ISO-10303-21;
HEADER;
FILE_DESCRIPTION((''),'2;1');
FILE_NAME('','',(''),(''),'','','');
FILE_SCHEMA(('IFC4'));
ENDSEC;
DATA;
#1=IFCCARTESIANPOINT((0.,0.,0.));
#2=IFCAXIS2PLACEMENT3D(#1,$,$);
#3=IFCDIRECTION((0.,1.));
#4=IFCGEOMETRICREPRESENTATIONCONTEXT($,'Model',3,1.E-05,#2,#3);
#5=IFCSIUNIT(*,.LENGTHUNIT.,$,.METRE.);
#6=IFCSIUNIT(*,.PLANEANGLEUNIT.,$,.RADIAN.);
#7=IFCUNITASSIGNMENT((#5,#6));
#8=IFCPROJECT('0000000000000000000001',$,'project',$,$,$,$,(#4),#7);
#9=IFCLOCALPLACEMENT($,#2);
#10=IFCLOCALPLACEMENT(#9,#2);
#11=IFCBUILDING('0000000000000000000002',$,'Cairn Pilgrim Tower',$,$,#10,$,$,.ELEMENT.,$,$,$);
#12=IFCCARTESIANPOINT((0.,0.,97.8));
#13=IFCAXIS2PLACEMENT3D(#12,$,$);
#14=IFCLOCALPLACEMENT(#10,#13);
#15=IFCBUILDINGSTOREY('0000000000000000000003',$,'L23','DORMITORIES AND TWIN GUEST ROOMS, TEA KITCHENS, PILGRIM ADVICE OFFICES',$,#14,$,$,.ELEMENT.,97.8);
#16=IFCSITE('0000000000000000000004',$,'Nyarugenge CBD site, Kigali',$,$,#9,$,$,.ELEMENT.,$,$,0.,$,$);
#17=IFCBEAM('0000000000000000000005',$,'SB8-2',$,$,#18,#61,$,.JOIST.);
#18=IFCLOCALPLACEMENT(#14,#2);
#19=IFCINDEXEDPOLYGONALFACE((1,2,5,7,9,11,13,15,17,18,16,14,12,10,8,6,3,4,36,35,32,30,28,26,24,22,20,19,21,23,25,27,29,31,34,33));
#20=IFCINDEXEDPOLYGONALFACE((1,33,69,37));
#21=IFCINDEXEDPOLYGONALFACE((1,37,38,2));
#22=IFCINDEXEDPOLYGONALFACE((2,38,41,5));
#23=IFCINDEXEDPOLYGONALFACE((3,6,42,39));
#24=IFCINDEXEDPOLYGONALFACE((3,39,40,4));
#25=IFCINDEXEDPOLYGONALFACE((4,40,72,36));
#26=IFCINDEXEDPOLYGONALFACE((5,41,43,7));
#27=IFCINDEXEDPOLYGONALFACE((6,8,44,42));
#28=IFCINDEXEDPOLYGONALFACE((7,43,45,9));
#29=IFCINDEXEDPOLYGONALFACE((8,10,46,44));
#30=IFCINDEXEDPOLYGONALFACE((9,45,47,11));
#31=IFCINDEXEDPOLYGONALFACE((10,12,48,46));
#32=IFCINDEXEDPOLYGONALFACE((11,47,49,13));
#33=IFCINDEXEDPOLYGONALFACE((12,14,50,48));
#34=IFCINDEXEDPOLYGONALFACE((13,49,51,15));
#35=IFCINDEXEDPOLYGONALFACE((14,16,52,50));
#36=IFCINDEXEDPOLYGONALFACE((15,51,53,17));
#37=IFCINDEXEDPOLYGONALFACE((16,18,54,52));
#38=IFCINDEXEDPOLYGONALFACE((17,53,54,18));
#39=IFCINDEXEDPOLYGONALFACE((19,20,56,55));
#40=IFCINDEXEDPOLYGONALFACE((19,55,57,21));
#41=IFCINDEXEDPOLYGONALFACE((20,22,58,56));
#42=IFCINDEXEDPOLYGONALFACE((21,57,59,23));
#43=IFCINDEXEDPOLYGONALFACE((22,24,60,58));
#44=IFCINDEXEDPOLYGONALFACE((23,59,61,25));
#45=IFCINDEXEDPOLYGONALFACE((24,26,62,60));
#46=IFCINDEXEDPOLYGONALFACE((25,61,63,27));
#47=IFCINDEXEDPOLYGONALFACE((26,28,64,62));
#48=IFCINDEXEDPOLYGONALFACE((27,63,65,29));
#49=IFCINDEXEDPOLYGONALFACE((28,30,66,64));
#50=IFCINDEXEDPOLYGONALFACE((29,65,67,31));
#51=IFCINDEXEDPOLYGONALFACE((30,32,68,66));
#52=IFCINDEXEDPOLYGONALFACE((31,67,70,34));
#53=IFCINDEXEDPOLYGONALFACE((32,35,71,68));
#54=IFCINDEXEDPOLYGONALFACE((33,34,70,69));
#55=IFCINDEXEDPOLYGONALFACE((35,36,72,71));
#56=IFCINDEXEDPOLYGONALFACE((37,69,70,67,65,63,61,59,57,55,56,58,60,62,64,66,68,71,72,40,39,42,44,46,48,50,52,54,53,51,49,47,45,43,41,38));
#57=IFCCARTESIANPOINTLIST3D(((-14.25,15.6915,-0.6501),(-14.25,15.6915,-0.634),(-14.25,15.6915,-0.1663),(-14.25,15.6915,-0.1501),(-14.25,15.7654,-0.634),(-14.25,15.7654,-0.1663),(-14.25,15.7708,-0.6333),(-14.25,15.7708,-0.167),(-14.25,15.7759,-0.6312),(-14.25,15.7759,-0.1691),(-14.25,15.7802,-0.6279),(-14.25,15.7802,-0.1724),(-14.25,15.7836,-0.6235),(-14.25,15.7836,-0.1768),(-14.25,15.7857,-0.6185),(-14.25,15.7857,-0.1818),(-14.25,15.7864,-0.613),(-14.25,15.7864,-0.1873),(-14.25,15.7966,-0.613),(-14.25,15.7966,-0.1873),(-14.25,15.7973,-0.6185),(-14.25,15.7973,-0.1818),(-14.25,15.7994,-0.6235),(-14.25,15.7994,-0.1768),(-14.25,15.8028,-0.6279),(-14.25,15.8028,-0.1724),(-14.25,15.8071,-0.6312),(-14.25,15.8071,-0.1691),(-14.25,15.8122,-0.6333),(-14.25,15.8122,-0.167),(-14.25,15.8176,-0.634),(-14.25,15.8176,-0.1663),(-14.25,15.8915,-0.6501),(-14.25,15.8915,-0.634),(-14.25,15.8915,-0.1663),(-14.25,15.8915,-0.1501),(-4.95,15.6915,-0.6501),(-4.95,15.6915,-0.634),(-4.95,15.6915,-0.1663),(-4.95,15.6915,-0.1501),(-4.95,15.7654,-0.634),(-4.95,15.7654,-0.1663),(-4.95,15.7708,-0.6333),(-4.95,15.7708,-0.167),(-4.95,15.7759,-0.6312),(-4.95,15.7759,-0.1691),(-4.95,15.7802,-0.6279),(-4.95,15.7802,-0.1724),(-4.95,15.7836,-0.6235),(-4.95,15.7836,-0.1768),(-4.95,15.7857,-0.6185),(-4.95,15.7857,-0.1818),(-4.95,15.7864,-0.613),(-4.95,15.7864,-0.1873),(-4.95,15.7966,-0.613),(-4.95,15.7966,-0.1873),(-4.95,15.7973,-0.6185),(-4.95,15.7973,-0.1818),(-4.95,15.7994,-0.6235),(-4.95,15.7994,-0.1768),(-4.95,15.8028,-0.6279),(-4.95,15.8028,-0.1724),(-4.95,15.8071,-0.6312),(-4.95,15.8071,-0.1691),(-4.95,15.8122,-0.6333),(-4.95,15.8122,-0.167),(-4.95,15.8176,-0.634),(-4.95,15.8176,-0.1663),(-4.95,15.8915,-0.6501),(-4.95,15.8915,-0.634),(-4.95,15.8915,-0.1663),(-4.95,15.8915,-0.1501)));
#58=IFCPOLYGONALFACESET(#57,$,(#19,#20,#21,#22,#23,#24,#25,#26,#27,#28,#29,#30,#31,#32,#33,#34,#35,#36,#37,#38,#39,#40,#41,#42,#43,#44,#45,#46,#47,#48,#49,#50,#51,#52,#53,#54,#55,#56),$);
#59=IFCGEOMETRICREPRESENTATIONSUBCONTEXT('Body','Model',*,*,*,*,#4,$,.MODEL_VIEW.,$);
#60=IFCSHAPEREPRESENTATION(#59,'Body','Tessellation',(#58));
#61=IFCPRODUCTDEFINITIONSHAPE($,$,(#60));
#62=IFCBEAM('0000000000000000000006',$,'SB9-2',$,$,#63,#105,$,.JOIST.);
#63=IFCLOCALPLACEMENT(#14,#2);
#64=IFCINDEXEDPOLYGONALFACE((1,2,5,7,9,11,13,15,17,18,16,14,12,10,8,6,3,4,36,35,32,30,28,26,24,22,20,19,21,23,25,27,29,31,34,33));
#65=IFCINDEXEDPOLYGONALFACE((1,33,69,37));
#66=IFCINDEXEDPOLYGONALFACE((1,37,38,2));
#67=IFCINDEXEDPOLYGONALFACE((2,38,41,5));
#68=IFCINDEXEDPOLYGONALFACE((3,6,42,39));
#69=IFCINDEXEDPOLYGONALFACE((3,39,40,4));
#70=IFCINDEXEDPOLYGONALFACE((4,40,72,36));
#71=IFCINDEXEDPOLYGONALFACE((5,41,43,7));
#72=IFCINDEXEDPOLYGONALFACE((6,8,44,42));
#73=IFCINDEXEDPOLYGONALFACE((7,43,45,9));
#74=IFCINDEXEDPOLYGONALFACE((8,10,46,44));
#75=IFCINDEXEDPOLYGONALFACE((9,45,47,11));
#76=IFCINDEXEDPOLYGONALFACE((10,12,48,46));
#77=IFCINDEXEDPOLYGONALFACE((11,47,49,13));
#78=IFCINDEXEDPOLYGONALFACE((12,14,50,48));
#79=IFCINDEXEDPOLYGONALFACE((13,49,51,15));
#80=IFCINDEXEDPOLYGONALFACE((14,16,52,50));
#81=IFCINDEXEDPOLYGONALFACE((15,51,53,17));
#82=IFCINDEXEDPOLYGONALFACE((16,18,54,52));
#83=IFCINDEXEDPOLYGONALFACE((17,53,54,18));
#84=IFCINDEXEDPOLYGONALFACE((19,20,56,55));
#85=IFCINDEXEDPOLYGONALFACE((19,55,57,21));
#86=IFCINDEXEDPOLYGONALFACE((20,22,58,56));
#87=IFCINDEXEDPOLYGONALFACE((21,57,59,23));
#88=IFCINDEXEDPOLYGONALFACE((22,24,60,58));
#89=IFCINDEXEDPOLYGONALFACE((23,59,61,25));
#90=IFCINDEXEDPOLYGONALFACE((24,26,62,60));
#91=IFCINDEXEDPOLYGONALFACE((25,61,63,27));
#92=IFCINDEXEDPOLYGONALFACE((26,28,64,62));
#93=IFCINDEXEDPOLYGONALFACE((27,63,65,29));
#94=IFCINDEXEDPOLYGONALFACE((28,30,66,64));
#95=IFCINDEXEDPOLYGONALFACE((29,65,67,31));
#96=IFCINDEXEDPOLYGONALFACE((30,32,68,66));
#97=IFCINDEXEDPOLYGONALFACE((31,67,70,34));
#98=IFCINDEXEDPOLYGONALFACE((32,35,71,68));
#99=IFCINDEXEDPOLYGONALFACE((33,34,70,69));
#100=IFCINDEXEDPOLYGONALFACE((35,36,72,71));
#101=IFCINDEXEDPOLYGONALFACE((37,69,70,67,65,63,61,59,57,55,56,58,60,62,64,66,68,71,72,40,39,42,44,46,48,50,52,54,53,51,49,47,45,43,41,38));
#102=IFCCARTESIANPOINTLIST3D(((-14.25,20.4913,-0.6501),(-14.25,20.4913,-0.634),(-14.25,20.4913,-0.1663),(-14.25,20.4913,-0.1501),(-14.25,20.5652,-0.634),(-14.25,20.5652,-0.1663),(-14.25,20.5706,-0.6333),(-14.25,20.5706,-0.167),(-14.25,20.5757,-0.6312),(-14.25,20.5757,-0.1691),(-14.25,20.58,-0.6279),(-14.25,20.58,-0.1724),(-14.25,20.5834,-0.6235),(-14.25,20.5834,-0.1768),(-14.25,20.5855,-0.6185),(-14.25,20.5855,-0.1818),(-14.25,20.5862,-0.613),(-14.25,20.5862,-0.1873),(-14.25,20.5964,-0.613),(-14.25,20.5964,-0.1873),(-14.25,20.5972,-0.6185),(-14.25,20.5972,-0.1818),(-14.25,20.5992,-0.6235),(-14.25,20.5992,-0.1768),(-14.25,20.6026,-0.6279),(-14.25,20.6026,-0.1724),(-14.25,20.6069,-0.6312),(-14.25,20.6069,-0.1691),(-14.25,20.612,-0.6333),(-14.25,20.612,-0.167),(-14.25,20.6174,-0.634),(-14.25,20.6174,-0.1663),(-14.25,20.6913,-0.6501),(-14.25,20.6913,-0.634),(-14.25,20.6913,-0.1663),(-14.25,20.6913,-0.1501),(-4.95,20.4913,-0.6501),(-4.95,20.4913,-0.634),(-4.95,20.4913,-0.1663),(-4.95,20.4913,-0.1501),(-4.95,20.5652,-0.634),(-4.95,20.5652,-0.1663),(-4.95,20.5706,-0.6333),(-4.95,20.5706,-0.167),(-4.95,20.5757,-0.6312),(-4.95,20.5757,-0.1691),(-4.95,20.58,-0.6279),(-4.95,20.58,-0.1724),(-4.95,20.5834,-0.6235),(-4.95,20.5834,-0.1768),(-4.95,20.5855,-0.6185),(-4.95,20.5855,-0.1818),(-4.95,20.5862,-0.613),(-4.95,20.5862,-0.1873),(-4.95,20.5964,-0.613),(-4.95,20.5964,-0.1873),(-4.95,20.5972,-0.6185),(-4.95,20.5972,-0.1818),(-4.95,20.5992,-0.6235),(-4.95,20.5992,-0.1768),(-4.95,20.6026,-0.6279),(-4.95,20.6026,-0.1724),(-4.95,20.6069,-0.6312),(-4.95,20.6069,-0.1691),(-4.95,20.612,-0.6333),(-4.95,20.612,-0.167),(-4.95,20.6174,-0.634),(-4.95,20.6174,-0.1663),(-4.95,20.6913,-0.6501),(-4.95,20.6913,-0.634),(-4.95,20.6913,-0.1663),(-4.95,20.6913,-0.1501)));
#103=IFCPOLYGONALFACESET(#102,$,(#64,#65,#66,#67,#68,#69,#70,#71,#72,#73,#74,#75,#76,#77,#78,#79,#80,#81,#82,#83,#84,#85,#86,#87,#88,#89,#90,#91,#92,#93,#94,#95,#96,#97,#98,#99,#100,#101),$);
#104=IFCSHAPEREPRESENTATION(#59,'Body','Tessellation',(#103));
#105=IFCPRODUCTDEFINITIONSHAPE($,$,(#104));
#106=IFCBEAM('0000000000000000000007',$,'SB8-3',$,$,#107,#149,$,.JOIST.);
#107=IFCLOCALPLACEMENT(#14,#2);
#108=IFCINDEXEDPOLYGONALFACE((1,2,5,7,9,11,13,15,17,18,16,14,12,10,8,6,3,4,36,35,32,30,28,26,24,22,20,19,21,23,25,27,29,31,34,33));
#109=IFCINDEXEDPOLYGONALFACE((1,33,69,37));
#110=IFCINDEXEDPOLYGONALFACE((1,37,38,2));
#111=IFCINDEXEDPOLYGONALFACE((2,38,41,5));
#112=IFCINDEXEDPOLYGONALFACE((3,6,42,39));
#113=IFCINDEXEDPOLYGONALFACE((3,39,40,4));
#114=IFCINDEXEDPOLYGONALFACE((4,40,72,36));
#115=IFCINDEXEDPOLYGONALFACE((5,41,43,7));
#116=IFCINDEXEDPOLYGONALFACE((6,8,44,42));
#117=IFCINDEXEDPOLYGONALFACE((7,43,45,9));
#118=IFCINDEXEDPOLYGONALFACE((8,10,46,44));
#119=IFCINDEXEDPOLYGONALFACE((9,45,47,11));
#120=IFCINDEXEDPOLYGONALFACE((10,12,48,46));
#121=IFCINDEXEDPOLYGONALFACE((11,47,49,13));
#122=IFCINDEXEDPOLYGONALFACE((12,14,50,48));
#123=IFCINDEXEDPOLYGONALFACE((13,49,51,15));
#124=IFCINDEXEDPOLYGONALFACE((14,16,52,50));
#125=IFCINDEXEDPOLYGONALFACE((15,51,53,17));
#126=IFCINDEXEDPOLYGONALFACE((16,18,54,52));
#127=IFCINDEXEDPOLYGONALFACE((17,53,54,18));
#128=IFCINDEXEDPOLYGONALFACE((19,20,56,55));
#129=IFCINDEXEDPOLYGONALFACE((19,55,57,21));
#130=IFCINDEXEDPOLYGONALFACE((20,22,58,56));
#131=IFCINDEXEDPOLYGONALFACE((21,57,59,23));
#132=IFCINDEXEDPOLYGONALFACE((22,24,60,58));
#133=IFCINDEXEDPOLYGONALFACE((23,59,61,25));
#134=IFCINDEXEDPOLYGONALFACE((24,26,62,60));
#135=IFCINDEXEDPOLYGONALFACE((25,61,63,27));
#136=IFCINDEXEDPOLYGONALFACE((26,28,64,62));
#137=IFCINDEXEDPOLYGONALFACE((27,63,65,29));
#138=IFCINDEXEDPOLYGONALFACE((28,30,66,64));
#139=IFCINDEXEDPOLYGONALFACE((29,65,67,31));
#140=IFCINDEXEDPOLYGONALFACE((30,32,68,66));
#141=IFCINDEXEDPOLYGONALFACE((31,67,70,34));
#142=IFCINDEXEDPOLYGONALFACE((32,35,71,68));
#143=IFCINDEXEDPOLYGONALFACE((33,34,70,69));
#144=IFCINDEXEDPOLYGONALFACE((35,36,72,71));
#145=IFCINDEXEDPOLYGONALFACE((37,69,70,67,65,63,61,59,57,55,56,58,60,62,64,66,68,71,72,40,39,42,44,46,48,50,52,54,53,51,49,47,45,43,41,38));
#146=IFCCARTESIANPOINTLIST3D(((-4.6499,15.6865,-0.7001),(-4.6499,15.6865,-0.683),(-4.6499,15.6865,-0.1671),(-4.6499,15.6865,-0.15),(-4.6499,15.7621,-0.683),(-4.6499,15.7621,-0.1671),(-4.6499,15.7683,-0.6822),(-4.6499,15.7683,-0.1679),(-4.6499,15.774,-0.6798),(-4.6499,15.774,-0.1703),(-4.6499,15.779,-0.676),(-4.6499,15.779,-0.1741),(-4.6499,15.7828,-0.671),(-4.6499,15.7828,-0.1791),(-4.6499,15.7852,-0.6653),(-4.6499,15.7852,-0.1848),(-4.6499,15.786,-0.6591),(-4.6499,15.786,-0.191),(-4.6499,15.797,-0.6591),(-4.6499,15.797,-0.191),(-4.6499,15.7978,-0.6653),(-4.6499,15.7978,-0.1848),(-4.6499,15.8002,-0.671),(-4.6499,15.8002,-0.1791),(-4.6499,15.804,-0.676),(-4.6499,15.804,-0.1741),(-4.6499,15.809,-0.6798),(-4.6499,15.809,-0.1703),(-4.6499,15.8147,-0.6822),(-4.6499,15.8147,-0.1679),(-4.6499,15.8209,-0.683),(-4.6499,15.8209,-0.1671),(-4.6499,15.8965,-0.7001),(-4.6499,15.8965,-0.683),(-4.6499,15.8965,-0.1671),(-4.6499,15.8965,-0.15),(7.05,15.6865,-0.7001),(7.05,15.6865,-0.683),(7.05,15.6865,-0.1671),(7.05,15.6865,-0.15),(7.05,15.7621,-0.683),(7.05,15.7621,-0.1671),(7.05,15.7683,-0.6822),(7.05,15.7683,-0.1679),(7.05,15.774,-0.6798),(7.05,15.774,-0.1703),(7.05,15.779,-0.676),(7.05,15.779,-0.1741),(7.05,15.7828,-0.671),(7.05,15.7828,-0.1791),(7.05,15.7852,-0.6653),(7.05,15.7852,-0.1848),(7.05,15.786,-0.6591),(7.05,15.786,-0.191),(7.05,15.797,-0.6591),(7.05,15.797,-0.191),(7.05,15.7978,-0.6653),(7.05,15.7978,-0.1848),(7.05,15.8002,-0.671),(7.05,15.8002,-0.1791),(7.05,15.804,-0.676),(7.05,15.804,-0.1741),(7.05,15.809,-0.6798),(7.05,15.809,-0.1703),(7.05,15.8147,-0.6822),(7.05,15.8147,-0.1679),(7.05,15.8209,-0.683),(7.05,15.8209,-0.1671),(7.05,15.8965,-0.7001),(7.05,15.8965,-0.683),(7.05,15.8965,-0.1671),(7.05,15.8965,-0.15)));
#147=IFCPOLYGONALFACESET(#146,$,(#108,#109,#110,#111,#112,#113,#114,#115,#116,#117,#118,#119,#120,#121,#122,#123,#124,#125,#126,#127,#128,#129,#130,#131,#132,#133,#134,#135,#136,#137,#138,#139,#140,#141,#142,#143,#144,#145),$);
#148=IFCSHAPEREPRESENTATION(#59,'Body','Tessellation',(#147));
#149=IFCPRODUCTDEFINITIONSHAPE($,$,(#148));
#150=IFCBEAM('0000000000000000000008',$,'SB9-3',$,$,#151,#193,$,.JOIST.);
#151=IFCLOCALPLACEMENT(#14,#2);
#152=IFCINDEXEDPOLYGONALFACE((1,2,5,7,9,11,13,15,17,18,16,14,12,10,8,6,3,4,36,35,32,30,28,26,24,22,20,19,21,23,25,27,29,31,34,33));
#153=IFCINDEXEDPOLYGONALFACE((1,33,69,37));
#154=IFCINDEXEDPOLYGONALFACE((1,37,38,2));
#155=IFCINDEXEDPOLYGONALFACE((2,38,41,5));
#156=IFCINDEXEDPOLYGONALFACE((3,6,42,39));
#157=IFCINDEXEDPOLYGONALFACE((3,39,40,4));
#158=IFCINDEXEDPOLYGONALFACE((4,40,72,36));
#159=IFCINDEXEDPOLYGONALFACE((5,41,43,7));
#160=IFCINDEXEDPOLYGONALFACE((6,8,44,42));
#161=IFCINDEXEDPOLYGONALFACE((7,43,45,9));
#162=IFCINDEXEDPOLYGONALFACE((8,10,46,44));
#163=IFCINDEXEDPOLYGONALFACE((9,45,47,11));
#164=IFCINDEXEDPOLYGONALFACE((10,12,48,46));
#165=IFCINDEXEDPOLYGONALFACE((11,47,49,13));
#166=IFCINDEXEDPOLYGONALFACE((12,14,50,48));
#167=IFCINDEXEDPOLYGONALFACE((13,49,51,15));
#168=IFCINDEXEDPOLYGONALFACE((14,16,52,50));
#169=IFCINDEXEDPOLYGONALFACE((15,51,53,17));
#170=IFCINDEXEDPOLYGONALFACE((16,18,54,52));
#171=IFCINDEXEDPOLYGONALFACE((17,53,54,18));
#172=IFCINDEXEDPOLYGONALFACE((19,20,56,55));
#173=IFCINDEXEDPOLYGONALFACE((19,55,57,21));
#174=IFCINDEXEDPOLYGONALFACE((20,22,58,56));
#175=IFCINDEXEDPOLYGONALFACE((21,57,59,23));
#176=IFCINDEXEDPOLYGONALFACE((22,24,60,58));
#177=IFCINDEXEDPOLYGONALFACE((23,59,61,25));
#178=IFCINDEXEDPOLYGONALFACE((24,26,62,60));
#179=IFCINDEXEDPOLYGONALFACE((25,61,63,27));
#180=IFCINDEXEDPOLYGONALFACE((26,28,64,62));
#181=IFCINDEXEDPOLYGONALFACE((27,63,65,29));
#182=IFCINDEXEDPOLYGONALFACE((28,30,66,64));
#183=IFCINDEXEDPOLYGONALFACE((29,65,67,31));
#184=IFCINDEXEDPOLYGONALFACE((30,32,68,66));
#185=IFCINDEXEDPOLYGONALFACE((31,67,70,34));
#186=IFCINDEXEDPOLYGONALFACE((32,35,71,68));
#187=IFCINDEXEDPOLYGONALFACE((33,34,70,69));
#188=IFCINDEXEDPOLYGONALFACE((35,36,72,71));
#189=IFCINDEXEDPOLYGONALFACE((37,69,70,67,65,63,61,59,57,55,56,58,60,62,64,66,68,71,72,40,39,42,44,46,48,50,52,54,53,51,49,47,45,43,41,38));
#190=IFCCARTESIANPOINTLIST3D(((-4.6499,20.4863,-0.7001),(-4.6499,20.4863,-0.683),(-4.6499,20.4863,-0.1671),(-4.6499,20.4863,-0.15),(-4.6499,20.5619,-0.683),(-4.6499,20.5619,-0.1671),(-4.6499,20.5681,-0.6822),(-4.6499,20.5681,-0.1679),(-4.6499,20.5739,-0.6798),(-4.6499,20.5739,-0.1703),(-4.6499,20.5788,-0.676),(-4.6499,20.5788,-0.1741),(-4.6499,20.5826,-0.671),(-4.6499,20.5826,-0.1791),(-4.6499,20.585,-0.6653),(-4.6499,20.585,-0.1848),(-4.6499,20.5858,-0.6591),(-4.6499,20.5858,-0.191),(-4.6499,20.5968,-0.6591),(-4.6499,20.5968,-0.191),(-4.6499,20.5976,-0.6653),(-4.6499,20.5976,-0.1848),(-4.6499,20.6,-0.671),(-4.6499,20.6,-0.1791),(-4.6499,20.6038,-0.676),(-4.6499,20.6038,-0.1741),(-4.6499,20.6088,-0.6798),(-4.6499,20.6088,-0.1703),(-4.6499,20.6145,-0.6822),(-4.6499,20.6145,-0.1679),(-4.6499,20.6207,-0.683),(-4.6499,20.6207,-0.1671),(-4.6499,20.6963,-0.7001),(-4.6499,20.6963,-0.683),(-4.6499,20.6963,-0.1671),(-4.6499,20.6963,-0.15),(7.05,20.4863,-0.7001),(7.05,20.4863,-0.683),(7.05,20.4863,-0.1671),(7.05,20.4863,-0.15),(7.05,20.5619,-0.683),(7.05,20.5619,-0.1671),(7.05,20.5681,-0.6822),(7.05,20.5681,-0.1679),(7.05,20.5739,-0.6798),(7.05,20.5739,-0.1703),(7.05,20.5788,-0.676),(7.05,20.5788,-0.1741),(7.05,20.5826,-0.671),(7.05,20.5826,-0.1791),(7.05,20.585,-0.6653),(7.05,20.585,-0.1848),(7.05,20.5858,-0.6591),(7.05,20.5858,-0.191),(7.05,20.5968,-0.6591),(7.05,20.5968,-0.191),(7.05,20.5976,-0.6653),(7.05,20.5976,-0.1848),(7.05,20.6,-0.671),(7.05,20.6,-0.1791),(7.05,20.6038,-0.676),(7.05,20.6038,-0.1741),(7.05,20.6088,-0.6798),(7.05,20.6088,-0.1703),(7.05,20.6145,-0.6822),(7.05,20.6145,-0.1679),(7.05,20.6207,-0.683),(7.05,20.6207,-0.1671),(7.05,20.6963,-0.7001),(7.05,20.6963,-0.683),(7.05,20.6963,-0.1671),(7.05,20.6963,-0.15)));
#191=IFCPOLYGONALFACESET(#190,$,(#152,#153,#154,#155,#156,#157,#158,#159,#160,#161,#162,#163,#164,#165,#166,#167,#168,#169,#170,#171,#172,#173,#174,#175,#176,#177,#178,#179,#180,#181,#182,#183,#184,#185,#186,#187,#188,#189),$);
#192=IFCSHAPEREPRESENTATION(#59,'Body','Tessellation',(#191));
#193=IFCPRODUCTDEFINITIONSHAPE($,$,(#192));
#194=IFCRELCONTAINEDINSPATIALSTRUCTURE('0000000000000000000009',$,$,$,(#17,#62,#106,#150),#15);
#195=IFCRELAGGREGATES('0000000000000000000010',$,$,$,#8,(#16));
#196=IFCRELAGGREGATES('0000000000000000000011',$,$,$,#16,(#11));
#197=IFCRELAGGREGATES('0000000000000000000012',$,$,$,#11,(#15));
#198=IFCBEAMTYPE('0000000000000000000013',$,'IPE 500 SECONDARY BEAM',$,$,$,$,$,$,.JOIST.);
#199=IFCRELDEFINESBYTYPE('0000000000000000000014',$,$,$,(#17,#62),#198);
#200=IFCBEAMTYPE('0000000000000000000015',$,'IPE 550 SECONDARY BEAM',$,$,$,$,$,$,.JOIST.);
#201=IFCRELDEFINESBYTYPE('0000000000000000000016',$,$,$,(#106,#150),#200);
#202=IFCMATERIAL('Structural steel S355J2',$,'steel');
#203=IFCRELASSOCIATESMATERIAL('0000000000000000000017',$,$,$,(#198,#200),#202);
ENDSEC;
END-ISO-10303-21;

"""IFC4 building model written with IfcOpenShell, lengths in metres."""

from ifc_helpers import new_model, si_unit, direction, frame, origin, origin_2d, place, context, subcontext, project, spatial, i_section, extrude, material, material_profile, profile_set, type_object, element, save


model = new_model("IFC4")

# Units and contexts
model_context = context("Model", 3, precision=1e-05, world=origin(), true_north=direction((0.0, 1.0)))
body_context = subcontext(model_context, "Body", "Model", "MODEL_VIEW")
ifc_project = project(units=[si_unit("LENGTHUNIT", "METRE"), si_unit("PLANEANGLEUNIT", "RADIAN")], contexts=[model_context])

# Site, building, storey
site_placement = place(None, origin())
site = spatial("IfcSite", under=ifc_project, at=site_placement, Name="Nyarugenge CBD site, Kigali", CompositionType="ELEMENT", RefElevation=0.0)
building_placement = place(site_placement, origin())
building = spatial("IfcBuilding", under=site, at=building_placement, Name="Cairn Pilgrim Tower", CompositionType="ELEMENT")
storey_placement = place(building_placement, frame((0.0, 0.0, 97.8)))
storey = spatial("IfcBuildingStorey", under=building, at=storey_placement, Name="L23", Description="DORMITORIES AND TWIN GUEST ROOMS, TEA KITCHENS, PILGRIM ADVICE OFFICES", CompositionType="ELEMENT", Elevation=97.8)

# Beams
ifc_material_1 = material(Name="Structural steel S355J2", Category="steel")
ifc_material_profile_1 = material_profile(ifc_material_1, i_section(OverallWidth=0.2, OverallDepth=0.5, WebThickness=0.0103, FlangeThickness=0.0161, FilletRadius=0.021, at=origin_2d()), Name="IPE 500")
ifc_profile_set_1 = profile_set([ifc_material_profile_1], Name="Structural steel S355J2")
beam_type_1 = type_object("IfcBeamType", Name="IPE 500 SECONDARY BEAM", PredefinedType="JOIST", material=ifc_profile_set_1)
for number, where, z_axis, x_axis, name in (
    (1, (-14.25, 15.7915, -0.4001), (1.0, 0.0, 0.0), (0.0, 1.0, 0.0), "SB8-2"),
    (2, (-14.25, 20.5913, -0.4001), (1.0, 0.0, 0.0), (0.0, 1.0, 0.0), "SB9-2"),
):
    element("IfcBeam", number, at=place(storey_placement, frame(where, z_axis=z_axis, x_axis=x_axis)), inside=storey, type_object=beam_type_1, Name=name, PredefinedType="JOIST", context=body_context, shape_type="SweptSolid", body=[
        extrude(i_section(OverallWidth=0.2, OverallDepth=0.5, WebThickness=0.0103, FlangeThickness=0.0161, FilletRadius=0.021, at=origin_2d()), origin(), (0.0, 0.0, 1.0), 9.3),
    ])
ifc_material_profile_2 = material_profile(ifc_material_1, i_section(OverallWidth=0.21, OverallDepth=0.55, WebThickness=0.011, FlangeThickness=0.0171, FilletRadius=0.0239, at=origin_2d()), Name="IPE 550")
ifc_profile_set_2 = profile_set([ifc_material_profile_2], Name="Structural steel S355J2")
beam_type_2 = type_object("IfcBeamType", Name="IPE 550 SECONDARY BEAM", PredefinedType="JOIST", material=ifc_profile_set_2)
for number, where, z_axis, x_axis, name in (
    (3, (-4.6499, 15.7915, -0.425), (1.0, 0.0, 0.0), (0.0, 1.0, 0.0), "SB8-3"),
    (4, (-4.6499, 20.5913, -0.425), (1.0, 0.0, 0.0), (0.0, 1.0, 0.0), "SB9-3"),
):
    element("IfcBeam", number, at=place(storey_placement, frame(where, z_axis=z_axis, x_axis=x_axis)), inside=storey, type_object=beam_type_2, Name=name, PredefinedType="JOIST", context=body_context, shape_type="SweptSolid", body=[
        extrude(i_section(OverallWidth=0.21, OverallDepth=0.55, WebThickness=0.011, FlangeThickness=0.0171, FilletRadius=0.0239, at=origin_2d()), origin(), (0.0, 0.0, 1.0), 11.7),
    ])

save(model, "model.ifc")
